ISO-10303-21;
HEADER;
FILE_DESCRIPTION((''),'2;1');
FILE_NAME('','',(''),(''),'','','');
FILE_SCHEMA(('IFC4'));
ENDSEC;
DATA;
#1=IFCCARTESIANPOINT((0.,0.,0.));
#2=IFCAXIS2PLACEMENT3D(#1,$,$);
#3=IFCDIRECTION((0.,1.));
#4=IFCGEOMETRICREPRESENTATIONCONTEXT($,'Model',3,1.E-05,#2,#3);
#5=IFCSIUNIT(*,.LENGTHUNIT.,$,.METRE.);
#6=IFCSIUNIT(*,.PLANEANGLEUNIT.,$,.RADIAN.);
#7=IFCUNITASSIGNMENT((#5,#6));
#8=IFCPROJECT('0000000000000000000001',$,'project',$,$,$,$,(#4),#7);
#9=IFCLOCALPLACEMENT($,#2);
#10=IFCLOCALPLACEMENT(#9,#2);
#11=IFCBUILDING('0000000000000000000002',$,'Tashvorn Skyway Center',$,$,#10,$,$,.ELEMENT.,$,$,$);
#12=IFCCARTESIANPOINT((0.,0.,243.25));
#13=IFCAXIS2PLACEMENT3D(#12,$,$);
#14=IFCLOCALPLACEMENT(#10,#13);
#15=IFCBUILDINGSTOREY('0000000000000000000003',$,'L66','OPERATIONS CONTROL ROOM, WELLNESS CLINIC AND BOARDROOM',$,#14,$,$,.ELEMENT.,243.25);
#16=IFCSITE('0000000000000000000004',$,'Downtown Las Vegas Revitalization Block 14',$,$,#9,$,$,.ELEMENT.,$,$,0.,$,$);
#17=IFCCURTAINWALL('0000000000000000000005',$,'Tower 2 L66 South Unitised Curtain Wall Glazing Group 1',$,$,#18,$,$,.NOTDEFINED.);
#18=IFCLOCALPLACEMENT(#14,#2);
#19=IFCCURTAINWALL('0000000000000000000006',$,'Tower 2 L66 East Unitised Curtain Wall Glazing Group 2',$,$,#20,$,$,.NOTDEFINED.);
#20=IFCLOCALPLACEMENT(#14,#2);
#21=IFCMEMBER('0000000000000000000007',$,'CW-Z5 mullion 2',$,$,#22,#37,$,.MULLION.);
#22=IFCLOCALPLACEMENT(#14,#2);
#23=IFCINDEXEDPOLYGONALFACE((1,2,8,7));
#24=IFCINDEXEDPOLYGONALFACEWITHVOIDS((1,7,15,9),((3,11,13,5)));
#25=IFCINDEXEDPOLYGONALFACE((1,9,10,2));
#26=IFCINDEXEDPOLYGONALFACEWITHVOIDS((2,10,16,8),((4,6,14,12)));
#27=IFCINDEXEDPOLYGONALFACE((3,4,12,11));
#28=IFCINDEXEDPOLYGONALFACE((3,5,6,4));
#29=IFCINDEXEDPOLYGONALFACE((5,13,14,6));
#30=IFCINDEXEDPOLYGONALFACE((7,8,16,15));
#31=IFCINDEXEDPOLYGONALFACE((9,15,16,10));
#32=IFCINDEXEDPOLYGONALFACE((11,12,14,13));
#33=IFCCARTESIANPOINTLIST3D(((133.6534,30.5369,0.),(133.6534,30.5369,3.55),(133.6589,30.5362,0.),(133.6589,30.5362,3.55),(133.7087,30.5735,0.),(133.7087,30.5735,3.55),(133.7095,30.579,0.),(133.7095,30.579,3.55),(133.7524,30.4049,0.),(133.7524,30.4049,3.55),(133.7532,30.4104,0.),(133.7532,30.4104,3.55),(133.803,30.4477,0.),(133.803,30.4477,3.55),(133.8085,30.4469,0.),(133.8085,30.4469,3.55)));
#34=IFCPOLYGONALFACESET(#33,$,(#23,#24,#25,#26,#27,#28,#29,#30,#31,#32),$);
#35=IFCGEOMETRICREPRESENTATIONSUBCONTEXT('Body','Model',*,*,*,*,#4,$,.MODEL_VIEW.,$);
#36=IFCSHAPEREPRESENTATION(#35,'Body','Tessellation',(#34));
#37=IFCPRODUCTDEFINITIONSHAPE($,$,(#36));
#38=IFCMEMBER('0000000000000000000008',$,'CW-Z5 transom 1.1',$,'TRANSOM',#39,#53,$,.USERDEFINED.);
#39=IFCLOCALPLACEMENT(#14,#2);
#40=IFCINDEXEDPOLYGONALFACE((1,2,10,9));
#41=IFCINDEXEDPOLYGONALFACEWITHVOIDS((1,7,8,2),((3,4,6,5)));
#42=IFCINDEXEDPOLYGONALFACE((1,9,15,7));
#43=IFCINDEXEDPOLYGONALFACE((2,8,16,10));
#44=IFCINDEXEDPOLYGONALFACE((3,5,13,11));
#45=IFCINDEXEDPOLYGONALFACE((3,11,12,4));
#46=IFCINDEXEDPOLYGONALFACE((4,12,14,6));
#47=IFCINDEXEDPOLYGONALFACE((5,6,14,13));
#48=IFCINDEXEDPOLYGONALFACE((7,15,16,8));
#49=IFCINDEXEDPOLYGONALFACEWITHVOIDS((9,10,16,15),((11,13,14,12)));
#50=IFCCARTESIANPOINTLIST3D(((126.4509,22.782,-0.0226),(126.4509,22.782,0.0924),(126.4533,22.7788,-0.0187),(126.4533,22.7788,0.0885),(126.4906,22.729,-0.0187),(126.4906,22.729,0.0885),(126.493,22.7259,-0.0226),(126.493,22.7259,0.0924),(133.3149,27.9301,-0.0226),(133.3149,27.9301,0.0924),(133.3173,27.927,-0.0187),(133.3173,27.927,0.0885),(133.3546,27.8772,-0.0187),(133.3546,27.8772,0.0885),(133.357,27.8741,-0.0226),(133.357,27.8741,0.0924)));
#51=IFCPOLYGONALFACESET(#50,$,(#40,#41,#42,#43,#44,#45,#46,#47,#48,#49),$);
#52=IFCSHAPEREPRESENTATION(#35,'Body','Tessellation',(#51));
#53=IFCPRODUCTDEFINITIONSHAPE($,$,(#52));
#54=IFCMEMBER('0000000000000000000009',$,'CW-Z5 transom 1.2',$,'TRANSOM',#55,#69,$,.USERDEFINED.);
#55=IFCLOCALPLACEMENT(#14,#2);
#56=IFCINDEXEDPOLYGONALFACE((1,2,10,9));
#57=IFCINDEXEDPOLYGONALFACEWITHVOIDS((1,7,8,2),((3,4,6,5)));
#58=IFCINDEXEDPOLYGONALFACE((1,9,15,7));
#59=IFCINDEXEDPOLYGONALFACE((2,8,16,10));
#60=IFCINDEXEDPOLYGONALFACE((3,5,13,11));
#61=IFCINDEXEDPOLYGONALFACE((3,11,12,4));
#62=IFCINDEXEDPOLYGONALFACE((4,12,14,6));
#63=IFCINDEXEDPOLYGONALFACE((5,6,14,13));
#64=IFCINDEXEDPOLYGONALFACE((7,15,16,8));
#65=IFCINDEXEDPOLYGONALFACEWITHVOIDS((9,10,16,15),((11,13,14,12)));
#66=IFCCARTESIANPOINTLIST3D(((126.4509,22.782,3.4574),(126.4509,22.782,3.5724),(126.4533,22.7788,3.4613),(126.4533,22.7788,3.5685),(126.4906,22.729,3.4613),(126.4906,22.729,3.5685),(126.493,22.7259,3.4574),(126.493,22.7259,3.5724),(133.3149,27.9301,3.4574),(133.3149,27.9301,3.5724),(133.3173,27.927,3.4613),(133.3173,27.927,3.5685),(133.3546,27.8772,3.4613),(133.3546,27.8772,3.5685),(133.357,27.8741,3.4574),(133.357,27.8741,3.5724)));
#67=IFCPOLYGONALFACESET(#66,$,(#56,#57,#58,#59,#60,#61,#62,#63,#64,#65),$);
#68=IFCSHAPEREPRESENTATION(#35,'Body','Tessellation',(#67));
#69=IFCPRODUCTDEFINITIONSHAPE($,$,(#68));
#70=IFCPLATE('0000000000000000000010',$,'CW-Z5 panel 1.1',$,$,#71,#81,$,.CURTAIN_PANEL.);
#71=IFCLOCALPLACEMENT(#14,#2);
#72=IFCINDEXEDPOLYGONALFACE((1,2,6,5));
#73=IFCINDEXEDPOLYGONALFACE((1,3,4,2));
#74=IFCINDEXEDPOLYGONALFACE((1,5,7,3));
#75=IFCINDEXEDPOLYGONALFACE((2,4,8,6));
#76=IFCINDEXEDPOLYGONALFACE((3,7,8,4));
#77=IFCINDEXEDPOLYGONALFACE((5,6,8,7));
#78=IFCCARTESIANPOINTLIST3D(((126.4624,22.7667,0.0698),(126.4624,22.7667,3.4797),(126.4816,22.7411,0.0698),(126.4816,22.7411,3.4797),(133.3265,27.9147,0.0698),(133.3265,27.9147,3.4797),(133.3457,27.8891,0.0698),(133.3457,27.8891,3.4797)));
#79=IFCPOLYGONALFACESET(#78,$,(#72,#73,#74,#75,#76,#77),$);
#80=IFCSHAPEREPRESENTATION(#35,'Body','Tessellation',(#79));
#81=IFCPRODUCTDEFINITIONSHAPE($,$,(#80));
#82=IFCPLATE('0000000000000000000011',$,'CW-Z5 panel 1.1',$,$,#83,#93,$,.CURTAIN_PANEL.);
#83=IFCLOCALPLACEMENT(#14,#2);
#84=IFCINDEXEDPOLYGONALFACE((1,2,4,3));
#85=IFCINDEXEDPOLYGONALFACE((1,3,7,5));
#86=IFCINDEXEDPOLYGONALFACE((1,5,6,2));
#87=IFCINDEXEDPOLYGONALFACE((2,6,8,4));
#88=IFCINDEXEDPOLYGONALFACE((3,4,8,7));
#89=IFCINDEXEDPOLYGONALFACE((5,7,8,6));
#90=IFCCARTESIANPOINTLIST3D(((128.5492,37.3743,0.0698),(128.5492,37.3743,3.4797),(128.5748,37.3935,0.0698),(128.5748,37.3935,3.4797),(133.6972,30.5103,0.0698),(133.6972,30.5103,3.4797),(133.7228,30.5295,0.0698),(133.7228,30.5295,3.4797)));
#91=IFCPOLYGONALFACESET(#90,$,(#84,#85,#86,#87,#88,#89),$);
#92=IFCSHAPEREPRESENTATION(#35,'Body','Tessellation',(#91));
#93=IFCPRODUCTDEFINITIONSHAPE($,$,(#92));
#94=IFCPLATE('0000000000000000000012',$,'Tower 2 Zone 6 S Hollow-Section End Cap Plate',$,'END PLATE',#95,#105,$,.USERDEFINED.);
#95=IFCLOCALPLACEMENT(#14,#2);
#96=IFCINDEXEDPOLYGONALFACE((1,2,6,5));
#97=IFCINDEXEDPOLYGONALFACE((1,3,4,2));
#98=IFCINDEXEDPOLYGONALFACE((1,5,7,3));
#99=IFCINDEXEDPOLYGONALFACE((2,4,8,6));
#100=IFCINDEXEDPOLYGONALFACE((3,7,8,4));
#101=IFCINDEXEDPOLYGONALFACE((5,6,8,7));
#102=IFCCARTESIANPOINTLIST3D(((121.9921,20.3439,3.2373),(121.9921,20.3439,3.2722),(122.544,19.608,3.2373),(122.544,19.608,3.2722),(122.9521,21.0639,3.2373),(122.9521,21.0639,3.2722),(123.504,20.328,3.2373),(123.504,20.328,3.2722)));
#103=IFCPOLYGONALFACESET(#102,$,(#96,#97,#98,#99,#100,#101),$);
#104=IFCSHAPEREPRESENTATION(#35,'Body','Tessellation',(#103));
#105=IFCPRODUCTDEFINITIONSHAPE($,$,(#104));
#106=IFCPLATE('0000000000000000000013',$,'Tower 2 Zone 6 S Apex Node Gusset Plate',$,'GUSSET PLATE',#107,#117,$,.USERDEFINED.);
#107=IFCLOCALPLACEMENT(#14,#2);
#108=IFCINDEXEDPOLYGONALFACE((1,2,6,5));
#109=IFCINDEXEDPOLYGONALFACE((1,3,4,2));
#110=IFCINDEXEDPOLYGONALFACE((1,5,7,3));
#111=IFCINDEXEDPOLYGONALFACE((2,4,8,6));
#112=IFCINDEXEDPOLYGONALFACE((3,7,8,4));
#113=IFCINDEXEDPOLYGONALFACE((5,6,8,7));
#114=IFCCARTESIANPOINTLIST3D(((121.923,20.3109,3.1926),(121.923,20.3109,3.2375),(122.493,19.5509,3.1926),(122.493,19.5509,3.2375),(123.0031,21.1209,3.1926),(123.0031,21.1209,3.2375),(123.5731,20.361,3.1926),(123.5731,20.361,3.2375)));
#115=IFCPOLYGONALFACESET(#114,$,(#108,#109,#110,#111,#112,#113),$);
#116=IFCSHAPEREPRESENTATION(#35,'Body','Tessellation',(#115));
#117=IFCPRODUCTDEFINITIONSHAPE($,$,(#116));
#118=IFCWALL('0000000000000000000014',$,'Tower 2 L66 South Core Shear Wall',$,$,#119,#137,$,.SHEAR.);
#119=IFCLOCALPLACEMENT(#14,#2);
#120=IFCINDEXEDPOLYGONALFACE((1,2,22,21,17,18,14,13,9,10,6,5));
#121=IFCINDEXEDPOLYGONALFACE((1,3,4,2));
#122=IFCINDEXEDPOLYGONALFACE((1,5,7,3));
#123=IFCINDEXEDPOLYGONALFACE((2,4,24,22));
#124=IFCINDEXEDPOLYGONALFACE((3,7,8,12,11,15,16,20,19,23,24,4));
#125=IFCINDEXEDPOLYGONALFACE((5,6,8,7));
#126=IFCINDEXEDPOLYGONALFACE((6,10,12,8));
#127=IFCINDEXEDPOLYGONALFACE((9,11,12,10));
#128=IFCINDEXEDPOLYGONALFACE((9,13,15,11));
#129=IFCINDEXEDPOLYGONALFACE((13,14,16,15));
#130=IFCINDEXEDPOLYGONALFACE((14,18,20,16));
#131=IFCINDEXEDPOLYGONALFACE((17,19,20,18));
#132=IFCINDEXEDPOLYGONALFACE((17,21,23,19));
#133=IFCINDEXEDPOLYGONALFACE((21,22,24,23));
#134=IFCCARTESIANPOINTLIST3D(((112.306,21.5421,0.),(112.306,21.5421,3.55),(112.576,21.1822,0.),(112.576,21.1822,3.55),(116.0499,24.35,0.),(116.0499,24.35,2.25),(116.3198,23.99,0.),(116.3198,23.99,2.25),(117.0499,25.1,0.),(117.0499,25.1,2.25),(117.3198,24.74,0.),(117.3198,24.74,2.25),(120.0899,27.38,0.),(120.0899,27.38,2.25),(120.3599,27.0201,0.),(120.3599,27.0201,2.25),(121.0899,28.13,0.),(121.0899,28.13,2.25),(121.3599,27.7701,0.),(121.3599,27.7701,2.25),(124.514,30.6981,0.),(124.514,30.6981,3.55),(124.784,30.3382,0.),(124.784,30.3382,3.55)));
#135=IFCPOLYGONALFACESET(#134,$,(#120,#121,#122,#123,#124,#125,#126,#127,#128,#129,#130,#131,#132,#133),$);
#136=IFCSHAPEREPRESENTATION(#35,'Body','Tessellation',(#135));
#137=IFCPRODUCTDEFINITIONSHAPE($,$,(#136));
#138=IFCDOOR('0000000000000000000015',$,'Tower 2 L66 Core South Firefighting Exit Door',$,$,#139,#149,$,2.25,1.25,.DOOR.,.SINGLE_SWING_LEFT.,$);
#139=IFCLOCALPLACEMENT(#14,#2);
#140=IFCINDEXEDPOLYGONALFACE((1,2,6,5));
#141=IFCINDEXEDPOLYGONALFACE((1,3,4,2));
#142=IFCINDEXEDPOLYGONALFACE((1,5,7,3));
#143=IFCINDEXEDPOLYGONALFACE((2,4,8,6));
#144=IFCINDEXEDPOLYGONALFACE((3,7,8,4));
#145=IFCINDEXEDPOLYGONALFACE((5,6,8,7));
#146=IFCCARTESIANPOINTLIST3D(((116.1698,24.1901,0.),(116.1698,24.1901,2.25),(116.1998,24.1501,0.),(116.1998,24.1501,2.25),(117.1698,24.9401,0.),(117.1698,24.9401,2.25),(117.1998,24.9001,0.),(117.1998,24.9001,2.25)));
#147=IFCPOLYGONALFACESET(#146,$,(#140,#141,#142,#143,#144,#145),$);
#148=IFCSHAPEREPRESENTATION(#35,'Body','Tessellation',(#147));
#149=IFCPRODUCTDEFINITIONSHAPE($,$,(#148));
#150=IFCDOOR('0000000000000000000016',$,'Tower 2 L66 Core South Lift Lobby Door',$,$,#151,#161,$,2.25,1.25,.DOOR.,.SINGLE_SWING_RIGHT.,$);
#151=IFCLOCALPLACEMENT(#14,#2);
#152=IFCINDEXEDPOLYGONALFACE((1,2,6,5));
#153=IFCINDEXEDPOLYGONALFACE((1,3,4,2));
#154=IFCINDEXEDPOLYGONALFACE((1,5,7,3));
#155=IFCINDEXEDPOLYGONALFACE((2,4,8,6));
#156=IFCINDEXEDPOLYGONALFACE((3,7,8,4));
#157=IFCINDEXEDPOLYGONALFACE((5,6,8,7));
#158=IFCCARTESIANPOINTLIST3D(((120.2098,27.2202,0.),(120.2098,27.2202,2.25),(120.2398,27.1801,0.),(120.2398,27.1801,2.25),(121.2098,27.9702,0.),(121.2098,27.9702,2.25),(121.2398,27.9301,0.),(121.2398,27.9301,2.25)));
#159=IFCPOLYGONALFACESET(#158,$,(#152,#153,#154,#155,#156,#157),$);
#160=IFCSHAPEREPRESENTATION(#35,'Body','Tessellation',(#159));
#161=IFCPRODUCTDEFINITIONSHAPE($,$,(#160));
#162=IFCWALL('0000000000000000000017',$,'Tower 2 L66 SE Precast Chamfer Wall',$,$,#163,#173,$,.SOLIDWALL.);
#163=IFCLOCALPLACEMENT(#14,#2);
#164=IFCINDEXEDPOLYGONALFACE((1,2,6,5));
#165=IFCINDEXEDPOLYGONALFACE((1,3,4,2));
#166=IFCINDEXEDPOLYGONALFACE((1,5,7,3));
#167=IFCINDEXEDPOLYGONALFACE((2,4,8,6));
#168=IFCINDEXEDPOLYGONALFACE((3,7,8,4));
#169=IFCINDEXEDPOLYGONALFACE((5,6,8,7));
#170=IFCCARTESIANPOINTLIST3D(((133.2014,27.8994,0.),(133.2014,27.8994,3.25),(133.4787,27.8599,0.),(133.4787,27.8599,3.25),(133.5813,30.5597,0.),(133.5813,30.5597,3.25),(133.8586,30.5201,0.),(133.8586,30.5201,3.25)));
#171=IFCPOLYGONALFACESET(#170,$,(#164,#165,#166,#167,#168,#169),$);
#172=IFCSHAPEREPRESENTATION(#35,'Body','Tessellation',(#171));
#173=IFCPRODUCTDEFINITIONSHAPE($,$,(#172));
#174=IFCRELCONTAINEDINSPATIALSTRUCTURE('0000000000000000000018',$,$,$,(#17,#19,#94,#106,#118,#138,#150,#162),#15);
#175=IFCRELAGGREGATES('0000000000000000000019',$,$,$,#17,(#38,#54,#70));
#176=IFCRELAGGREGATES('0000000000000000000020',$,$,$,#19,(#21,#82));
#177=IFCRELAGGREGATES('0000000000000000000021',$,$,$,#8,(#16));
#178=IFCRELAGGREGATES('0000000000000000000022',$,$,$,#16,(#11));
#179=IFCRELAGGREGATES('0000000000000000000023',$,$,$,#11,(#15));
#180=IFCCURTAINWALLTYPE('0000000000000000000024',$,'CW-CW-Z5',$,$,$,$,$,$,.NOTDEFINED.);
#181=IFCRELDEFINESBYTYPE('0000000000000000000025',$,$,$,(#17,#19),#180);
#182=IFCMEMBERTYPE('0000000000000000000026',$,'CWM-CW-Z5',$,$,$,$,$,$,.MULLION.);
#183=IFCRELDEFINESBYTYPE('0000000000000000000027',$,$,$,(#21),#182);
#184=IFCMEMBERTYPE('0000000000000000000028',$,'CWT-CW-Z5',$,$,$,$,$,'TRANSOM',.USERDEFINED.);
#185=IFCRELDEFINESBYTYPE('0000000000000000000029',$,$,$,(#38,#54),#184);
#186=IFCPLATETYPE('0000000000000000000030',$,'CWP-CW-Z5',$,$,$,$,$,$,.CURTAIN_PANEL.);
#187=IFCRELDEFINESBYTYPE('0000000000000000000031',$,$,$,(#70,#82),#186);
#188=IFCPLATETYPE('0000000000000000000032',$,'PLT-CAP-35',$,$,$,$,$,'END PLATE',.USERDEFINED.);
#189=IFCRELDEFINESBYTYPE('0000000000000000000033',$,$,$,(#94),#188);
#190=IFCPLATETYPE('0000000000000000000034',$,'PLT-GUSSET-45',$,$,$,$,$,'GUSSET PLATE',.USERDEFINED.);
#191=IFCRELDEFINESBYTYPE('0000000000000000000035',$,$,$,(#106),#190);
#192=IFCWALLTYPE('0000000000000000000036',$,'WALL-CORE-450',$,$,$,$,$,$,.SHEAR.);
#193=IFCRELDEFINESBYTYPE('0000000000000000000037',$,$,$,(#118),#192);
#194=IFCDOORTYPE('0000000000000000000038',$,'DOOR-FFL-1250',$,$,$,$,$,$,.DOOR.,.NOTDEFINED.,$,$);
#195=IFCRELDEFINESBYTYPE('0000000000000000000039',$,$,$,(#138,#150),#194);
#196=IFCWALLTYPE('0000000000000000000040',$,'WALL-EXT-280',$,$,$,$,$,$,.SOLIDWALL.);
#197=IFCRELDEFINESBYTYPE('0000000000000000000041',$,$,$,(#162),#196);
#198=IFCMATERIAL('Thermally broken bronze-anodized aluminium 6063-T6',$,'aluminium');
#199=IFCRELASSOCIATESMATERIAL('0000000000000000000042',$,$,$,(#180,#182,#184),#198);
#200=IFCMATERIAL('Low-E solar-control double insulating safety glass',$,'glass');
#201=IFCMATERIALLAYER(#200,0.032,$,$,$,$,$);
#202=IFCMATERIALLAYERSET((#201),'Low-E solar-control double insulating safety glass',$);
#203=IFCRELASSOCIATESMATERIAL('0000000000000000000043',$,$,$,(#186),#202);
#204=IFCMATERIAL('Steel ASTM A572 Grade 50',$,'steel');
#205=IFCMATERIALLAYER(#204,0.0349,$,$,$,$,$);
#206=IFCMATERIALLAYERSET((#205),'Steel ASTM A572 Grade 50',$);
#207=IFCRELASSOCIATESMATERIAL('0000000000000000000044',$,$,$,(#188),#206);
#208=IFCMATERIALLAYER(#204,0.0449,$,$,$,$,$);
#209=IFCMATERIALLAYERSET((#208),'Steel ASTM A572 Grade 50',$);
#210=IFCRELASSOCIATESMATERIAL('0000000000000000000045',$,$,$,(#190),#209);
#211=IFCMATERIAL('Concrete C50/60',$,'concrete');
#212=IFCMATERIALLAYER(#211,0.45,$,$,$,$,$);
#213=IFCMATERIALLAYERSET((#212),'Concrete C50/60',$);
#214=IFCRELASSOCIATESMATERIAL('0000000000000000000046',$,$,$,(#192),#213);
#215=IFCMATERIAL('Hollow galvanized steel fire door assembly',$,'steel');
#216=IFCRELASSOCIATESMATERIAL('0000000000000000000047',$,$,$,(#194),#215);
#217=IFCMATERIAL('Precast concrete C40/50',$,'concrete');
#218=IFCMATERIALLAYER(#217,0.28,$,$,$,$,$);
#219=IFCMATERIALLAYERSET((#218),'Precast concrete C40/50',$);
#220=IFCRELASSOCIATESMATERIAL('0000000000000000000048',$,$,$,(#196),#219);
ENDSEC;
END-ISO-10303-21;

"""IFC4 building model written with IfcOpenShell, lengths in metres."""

from ifc_helpers import new_model, si_unit, direction, frame, frame_2d, origin, origin_2d, place, context, subcontext, project, spatial, rectangle, hollow_rectangle, extrude, material, layer, layer_set, material_profile, profile_set, type_object, element, fill, aggregate, save


model = new_model("IFC4")

# Units and contexts
model_context = context("Model", 3, precision=1e-05, world=origin(), true_north=direction((0.0, 1.0)))
body_context = subcontext(model_context, "Body", "Model", "MODEL_VIEW")
ifc_project = project(units=[si_unit("LENGTHUNIT", "METRE"), si_unit("PLANEANGLEUNIT", "RADIAN")], contexts=[model_context])

# Site, building, storey
site_placement = place(None, origin())
site = spatial("IfcSite", under=ifc_project, at=site_placement, Name="Downtown Las Vegas Revitalization Block 14", CompositionType="ELEMENT", RefElevation=0.0)
building_placement = place(site_placement, origin())
building = spatial("IfcBuilding", under=site, at=building_placement, Name="Tashvorn Skyway Center", CompositionType="ELEMENT")
storey_placement = place(building_placement, frame((0.0, 0.0, 243.25)))
storey = spatial("IfcBuildingStorey", under=building, at=storey_placement, Name="L66", Description="OPERATIONS CONTROL ROOM, WELLNESS CLINIC AND BOARDROOM", CompositionType="ELEMENT", Elevation=243.25)

# Shared definitions
ifc_material_1 = material(Name="Steel ASTM A572 Grade 50", Category="steel")

# Curtain wall
ifc_material_2 = material(Name="Thermally broken bronze-anodized aluminium 6063-T6", Category="aluminium")
curtain_wall_type = type_object("IfcCurtainWallType", Name="CW-CW-Z5", PredefinedType="NOTDEFINED", material=ifc_material_2)
curtain_wall_1_placement = place(storey_placement, origin())
curtain_wall_1 = element("IfcCurtainWall", 1, at=curtain_wall_1_placement, inside=storey, type_object=curtain_wall_type, Name="Tower 2 L66 South Unitised Curtain Wall Glazing Group 1", PredefinedType="NOTDEFINED")
ifc_material_profile_1 = material_profile(ifc_material_2, hollow_rectangle(XDim=0.0701, YDim=0.165, WallThickness=0.0039, at=origin_2d()), Name="ALU-MULL-70x165")
ifc_profile_set_1 = profile_set([ifc_material_profile_1], Name="Thermally broken bronze-anodized aluminium 6063-T6")
member_type_1 = type_object("IfcMemberType", Name="CWM-CW-Z5", PredefinedType="MULLION", material=ifc_profile_set_1)

# Curtain wall, member
curtain_wall_2_placement = place(storey_placement, origin())
curtain_wall_2 = element("IfcCurtainWall", 2, at=curtain_wall_2_placement, inside=storey, type_object=curtain_wall_type, Name="Tower 2 L66 East Unitised Curtain Wall Glazing Group 2", PredefinedType="NOTDEFINED")
member_1_placement = place(storey_placement, frame((133.731, 30.4919, 0.0), z_axis=(0.0, 0.0, 1.0), x_axis=(0.8, 0.6, 0.0)))
member_1 = element("IfcMember", 3, at=member_1_placement, type_object=member_type_1, Name="CW-Z5 mullion 2", PredefinedType="MULLION", context=body_context, shape_type="SweptSolid", body=[
    extrude(hollow_rectangle(XDim=0.0701, YDim=0.165, WallThickness=0.0039, at=origin_2d()), origin(), (0.0, 0.0, 1.0), 3.55),
])

# Members
ifc_material_profile_2 = material_profile(ifc_material_2, hollow_rectangle(XDim=0.0701, YDim=0.115, WallThickness=0.0039, at=origin_2d()), Name="ALU-TRAN-70x115")
ifc_profile_set_2 = profile_set([ifc_material_profile_2], Name="Thermally broken bronze-anodized aluminium 6063-T6")
member_type_2 = type_object("IfcMemberType", Name="CWT-CW-Z5", ElementType="TRANSOM", PredefinedType="USERDEFINED", material=ifc_profile_set_2)
member_2_placement = place(storey_placement, frame((133.3359, 27.9021, 0.0349), z_axis=(-0.79999, -0.600014, 0.0), x_axis=(0.600014, -0.79999, 0.0)))
member_2 = element("IfcMember", 4, at=member_2_placement, type_object=member_type_2, Name="CW-Z5 transom 1.1", ObjectType="TRANSOM", PredefinedType="USERDEFINED", context=body_context, shape_type="SweptSolid", body=[
    extrude(hollow_rectangle(XDim=0.0701, YDim=0.115, WallThickness=0.0039, at=origin_2d()), origin(), (0.0, 0.0, 1.0), 8.5801),
])
member_3_placement = place(storey_placement, frame((133.3359, 27.9021, 3.5149), z_axis=(-0.79999, -0.600014, 0.0), x_axis=(0.600014, -0.79999, 0.0)))
member_3 = element("IfcMember", 5, at=member_3_placement, type_object=member_type_2, Name="CW-Z5 transom 1.2", ObjectType="TRANSOM", PredefinedType="USERDEFINED", context=body_context, shape_type="SweptSolid", body=[
    extrude(hollow_rectangle(XDim=0.0701, YDim=0.115, WallThickness=0.0039, at=origin_2d()), origin(), (0.0, 0.0, 1.0), 8.5801),
])

# Plates
ifc_material_3 = material(Name="Low-E solar-control double insulating safety glass", Category="glass")
ifc_layer_1 = layer(ifc_material_3, 0.032)
ifc_layer_set_1 = layer_set([ifc_layer_1], Name="Low-E solar-control double insulating safety glass")
plate_type_1 = type_object("IfcPlateType", Name="CWP-CW-Z5", PredefinedType="CURTAIN_PANEL", material=ifc_layer_set_1)
plate_1_placement = place(storey_placement, frame((129.9041, 25.3279, 0.0698), z_axis=(0.0, 0.0, 1.0), x_axis=(-0.8, -0.6, 0.0)))
plate_1 = element("IfcPlate", 6, at=plate_1_placement, type_object=plate_type_1, Name="CW-Z5 panel 1.1", PredefinedType="CURTAIN_PANEL", context=body_context, shape_type="SweptSolid", body=[
    extrude(rectangle(XDim=8.5801, YDim=0.032, at=origin_2d()), origin(), (0.0, 0.0, 1.0), 3.4099),
])
aggregate(curtain_wall_1, [member_2, member_3, plate_1])
plate_2_placement = place(storey_placement, frame((131.136, 33.9519, 0.0698), z_axis=(0.0, 0.0, 1.0), x_axis=(0.6, -0.8, 0.0)))
plate_2 = element("IfcPlate", 7, at=plate_2_placement, type_object=plate_type_1, Name="CW-Z5 panel 1.1", PredefinedType="CURTAIN_PANEL", context=body_context, shape_type="SweptSolid", body=[
    extrude(rectangle(XDim=8.5801, YDim=0.032, at=origin_2d()), origin(), (0.0, 0.0, 1.0), 3.4099),
])
aggregate(curtain_wall_2, [member_1, plate_2])

# Plates
ifc_layer_2 = layer(ifc_material_1, 0.0349)
ifc_layer_set_2 = layer_set([ifc_layer_2], Name="Steel ASTM A572 Grade 50")
plate_type_2 = type_object("IfcPlateType", Name="PLT-CAP-35", ElementType="END PLATE", PredefinedType="USERDEFINED", material=ifc_layer_set_2)
plate_3_placement = place(storey_placement, frame((122.748, 20.3359, 3.2373), z_axis=(0.0, 0.0, 1.0), x_axis=(0.8, 0.6, 0.0)))
element("IfcPlate", 8, at=plate_3_placement, inside=storey, type_object=plate_type_2, Name="Tower 2 Zone 6 S Hollow-Section End Cap Plate", ObjectType="END PLATE", PredefinedType="USERDEFINED", context=body_context, shape_type="SweptSolid", body=[
    extrude(rectangle(XDim=1.2, YDim=0.9199, at=origin_2d()), origin(), (0.0, 0.0, 1.0), 0.0349),
])
ifc_layer_3 = layer(ifc_material_1, 0.0449)
ifc_layer_set_3 = layer_set([ifc_layer_3], Name="Steel ASTM A572 Grade 50")
plate_type_3 = type_object("IfcPlateType", Name="PLT-GUSSET-45", ElementType="GUSSET PLATE", PredefinedType="USERDEFINED", material=ifc_layer_set_3)
plate_4_placement = place(storey_placement, frame((122.748, 20.3359, 3.1926), z_axis=(0.0, 0.0, 1.0), x_axis=(0.8, 0.6, 0.0)))
element("IfcPlate", 9, at=plate_4_placement, inside=storey, type_object=plate_type_3, Name="Tower 2 Zone 6 S Apex Node Gusset Plate", ObjectType="GUSSET PLATE", PredefinedType="USERDEFINED", context=body_context, shape_type="SweptSolid", body=[
    extrude(rectangle(XDim=1.3501, YDim=0.95, at=origin_2d()), origin(), (0.0, 0.0, 1.0), 0.0449),
])

# Wall, openings, doors
ifc_material_4 = material(Name="Concrete C50/60", Category="concrete")
ifc_layer_4 = layer(ifc_material_4, 0.45)
ifc_layer_set_4 = layer_set([ifc_layer_4], Name="Concrete C50/60")
wall_type_1 = type_object("IfcWallType", Name="WALL-CORE-450", PredefinedType="SHEAR", material=ifc_layer_set_4)
wall_1_placement = place(storey_placement, frame((124.6489, 30.5181, 0.0), z_axis=(0.0, 0.0, 1.0), x_axis=(-0.8, -0.6, 0.0)))
wall_1 = element("IfcWall", 10, at=wall_1_placement, inside=storey, type_object=wall_type_1, Name="Tower 2 L66 South Core Shear Wall", PredefinedType="SHEAR", context=body_context, shape_type="SweptSolid", body=[
    extrude(rectangle(XDim=15.26, YDim=0.45, at=frame_2d((7.6299, 0.0))), origin(), (0.0, 0.0, 1.0), 3.55),
])
opening_1_placement = place(wall_1_placement, frame((9.3301, 0.0, 0.0)))
opening_1 = element("IfcOpeningElement", 11, at=opening_1_placement, cuts=wall_1, PredefinedType="OPENING", context=body_context, shape_type="SweptSolid", body=[
    extrude(rectangle(XDim=1.25, YDim=2.25, at=frame_2d((0.625, 1.125))), frame((0.0, 0.2349, 0.0), z_axis=(0.0, -1.0, 0.0), x_axis=(1.0, 0.0, 0.0)), (0.0, 0.0, 1.0), 0.47),
])
opening_2_placement = place(wall_1_placement, frame((4.28, 0.0, 0.0)))
opening_2 = element("IfcOpeningElement", 12, at=opening_2_placement, cuts=wall_1, PredefinedType="OPENING", context=body_context, shape_type="SweptSolid", body=[
    extrude(rectangle(XDim=1.25, YDim=2.25, at=frame_2d((0.625, 1.125))), frame((0.0, 0.2349, 0.0), z_axis=(0.0, -1.0, 0.0), x_axis=(1.0, 0.0, 0.0)), (0.0, 0.0, 1.0), 0.47),
])
ifc_material_5 = material(Name="Hollow galvanized steel fire door assembly", Category="steel")
door_type_1 = type_object("IfcDoorType", Name="DOOR-FFL-1250", OperationType="NOTDEFINED", PredefinedType="DOOR", material=ifc_material_5)
door_1_placement = place(opening_1_placement, origin())
door_1 = element("IfcDoor", 13, at=door_1_placement, inside=storey, type_object=door_type_1, Name="Tower 2 L66 Core South Firefighting Exit Door", OperationType="SINGLE_SWING_LEFT", OverallHeight=2.25, OverallWidth=1.25, PredefinedType="DOOR", context=body_context, shape_type="SweptSolid", body=[
    extrude(rectangle(XDim=1.25, YDim=2.25, at=frame_2d((0.625, 1.125))), frame((0.0, 0.0249, 0.0), z_axis=(0.0, -1.0, 0.0), x_axis=(1.0, 0.0, 0.0)), (0.0, 0.0, 1.0), 0.05),
])
fill(opening_1, door_1)
door_2_placement = place(opening_2_placement, origin())
door_2 = element("IfcDoor", 14, at=door_2_placement, inside=storey, type_object=door_type_1, Name="Tower 2 L66 Core South Lift Lobby Door", OperationType="SINGLE_SWING_RIGHT", OverallHeight=2.25, OverallWidth=1.25, PredefinedType="DOOR", context=body_context, shape_type="SweptSolid", body=[
    extrude(rectangle(XDim=1.25, YDim=2.25, at=frame_2d((0.625, 1.125))), frame((0.0, 0.0249, 0.0), z_axis=(0.0, -1.0, 0.0), x_axis=(1.0, 0.0, 0.0)), (0.0, 0.0, 1.0), 0.05),
])
fill(opening_2, door_2)

# Wall
ifc_material_6 = material(Name="Precast concrete C40/50", Category="concrete")
ifc_layer_5 = layer(ifc_material_6, 0.28)
ifc_layer_set_5 = layer_set([ifc_layer_5], Name="Precast concrete C40/50")
wall_type_2 = type_object("IfcWallType", Name="WALL-EXT-280", PredefinedType="SOLIDWALL", material=ifc_layer_set_5)
wall_2_placement = place(storey_placement, frame((133.72, 30.54, 0.0), z_axis=(0.0, 0.0, 1.0), x_axis=(-0.14137, -0.989957, 0.0)))
element("IfcWall", 15, at=wall_2_placement, inside=storey, type_object=wall_type_2, Name="Tower 2 L66 SE Precast Chamfer Wall", PredefinedType="SOLIDWALL", context=body_context, shape_type="SweptSolid", body=[
    extrude(rectangle(XDim=2.6873, YDim=0.28, at=frame_2d((1.3438, 0.0))), origin(), (0.0, 0.0, 1.0), 3.25),
])

save(model, "model.ifc")
